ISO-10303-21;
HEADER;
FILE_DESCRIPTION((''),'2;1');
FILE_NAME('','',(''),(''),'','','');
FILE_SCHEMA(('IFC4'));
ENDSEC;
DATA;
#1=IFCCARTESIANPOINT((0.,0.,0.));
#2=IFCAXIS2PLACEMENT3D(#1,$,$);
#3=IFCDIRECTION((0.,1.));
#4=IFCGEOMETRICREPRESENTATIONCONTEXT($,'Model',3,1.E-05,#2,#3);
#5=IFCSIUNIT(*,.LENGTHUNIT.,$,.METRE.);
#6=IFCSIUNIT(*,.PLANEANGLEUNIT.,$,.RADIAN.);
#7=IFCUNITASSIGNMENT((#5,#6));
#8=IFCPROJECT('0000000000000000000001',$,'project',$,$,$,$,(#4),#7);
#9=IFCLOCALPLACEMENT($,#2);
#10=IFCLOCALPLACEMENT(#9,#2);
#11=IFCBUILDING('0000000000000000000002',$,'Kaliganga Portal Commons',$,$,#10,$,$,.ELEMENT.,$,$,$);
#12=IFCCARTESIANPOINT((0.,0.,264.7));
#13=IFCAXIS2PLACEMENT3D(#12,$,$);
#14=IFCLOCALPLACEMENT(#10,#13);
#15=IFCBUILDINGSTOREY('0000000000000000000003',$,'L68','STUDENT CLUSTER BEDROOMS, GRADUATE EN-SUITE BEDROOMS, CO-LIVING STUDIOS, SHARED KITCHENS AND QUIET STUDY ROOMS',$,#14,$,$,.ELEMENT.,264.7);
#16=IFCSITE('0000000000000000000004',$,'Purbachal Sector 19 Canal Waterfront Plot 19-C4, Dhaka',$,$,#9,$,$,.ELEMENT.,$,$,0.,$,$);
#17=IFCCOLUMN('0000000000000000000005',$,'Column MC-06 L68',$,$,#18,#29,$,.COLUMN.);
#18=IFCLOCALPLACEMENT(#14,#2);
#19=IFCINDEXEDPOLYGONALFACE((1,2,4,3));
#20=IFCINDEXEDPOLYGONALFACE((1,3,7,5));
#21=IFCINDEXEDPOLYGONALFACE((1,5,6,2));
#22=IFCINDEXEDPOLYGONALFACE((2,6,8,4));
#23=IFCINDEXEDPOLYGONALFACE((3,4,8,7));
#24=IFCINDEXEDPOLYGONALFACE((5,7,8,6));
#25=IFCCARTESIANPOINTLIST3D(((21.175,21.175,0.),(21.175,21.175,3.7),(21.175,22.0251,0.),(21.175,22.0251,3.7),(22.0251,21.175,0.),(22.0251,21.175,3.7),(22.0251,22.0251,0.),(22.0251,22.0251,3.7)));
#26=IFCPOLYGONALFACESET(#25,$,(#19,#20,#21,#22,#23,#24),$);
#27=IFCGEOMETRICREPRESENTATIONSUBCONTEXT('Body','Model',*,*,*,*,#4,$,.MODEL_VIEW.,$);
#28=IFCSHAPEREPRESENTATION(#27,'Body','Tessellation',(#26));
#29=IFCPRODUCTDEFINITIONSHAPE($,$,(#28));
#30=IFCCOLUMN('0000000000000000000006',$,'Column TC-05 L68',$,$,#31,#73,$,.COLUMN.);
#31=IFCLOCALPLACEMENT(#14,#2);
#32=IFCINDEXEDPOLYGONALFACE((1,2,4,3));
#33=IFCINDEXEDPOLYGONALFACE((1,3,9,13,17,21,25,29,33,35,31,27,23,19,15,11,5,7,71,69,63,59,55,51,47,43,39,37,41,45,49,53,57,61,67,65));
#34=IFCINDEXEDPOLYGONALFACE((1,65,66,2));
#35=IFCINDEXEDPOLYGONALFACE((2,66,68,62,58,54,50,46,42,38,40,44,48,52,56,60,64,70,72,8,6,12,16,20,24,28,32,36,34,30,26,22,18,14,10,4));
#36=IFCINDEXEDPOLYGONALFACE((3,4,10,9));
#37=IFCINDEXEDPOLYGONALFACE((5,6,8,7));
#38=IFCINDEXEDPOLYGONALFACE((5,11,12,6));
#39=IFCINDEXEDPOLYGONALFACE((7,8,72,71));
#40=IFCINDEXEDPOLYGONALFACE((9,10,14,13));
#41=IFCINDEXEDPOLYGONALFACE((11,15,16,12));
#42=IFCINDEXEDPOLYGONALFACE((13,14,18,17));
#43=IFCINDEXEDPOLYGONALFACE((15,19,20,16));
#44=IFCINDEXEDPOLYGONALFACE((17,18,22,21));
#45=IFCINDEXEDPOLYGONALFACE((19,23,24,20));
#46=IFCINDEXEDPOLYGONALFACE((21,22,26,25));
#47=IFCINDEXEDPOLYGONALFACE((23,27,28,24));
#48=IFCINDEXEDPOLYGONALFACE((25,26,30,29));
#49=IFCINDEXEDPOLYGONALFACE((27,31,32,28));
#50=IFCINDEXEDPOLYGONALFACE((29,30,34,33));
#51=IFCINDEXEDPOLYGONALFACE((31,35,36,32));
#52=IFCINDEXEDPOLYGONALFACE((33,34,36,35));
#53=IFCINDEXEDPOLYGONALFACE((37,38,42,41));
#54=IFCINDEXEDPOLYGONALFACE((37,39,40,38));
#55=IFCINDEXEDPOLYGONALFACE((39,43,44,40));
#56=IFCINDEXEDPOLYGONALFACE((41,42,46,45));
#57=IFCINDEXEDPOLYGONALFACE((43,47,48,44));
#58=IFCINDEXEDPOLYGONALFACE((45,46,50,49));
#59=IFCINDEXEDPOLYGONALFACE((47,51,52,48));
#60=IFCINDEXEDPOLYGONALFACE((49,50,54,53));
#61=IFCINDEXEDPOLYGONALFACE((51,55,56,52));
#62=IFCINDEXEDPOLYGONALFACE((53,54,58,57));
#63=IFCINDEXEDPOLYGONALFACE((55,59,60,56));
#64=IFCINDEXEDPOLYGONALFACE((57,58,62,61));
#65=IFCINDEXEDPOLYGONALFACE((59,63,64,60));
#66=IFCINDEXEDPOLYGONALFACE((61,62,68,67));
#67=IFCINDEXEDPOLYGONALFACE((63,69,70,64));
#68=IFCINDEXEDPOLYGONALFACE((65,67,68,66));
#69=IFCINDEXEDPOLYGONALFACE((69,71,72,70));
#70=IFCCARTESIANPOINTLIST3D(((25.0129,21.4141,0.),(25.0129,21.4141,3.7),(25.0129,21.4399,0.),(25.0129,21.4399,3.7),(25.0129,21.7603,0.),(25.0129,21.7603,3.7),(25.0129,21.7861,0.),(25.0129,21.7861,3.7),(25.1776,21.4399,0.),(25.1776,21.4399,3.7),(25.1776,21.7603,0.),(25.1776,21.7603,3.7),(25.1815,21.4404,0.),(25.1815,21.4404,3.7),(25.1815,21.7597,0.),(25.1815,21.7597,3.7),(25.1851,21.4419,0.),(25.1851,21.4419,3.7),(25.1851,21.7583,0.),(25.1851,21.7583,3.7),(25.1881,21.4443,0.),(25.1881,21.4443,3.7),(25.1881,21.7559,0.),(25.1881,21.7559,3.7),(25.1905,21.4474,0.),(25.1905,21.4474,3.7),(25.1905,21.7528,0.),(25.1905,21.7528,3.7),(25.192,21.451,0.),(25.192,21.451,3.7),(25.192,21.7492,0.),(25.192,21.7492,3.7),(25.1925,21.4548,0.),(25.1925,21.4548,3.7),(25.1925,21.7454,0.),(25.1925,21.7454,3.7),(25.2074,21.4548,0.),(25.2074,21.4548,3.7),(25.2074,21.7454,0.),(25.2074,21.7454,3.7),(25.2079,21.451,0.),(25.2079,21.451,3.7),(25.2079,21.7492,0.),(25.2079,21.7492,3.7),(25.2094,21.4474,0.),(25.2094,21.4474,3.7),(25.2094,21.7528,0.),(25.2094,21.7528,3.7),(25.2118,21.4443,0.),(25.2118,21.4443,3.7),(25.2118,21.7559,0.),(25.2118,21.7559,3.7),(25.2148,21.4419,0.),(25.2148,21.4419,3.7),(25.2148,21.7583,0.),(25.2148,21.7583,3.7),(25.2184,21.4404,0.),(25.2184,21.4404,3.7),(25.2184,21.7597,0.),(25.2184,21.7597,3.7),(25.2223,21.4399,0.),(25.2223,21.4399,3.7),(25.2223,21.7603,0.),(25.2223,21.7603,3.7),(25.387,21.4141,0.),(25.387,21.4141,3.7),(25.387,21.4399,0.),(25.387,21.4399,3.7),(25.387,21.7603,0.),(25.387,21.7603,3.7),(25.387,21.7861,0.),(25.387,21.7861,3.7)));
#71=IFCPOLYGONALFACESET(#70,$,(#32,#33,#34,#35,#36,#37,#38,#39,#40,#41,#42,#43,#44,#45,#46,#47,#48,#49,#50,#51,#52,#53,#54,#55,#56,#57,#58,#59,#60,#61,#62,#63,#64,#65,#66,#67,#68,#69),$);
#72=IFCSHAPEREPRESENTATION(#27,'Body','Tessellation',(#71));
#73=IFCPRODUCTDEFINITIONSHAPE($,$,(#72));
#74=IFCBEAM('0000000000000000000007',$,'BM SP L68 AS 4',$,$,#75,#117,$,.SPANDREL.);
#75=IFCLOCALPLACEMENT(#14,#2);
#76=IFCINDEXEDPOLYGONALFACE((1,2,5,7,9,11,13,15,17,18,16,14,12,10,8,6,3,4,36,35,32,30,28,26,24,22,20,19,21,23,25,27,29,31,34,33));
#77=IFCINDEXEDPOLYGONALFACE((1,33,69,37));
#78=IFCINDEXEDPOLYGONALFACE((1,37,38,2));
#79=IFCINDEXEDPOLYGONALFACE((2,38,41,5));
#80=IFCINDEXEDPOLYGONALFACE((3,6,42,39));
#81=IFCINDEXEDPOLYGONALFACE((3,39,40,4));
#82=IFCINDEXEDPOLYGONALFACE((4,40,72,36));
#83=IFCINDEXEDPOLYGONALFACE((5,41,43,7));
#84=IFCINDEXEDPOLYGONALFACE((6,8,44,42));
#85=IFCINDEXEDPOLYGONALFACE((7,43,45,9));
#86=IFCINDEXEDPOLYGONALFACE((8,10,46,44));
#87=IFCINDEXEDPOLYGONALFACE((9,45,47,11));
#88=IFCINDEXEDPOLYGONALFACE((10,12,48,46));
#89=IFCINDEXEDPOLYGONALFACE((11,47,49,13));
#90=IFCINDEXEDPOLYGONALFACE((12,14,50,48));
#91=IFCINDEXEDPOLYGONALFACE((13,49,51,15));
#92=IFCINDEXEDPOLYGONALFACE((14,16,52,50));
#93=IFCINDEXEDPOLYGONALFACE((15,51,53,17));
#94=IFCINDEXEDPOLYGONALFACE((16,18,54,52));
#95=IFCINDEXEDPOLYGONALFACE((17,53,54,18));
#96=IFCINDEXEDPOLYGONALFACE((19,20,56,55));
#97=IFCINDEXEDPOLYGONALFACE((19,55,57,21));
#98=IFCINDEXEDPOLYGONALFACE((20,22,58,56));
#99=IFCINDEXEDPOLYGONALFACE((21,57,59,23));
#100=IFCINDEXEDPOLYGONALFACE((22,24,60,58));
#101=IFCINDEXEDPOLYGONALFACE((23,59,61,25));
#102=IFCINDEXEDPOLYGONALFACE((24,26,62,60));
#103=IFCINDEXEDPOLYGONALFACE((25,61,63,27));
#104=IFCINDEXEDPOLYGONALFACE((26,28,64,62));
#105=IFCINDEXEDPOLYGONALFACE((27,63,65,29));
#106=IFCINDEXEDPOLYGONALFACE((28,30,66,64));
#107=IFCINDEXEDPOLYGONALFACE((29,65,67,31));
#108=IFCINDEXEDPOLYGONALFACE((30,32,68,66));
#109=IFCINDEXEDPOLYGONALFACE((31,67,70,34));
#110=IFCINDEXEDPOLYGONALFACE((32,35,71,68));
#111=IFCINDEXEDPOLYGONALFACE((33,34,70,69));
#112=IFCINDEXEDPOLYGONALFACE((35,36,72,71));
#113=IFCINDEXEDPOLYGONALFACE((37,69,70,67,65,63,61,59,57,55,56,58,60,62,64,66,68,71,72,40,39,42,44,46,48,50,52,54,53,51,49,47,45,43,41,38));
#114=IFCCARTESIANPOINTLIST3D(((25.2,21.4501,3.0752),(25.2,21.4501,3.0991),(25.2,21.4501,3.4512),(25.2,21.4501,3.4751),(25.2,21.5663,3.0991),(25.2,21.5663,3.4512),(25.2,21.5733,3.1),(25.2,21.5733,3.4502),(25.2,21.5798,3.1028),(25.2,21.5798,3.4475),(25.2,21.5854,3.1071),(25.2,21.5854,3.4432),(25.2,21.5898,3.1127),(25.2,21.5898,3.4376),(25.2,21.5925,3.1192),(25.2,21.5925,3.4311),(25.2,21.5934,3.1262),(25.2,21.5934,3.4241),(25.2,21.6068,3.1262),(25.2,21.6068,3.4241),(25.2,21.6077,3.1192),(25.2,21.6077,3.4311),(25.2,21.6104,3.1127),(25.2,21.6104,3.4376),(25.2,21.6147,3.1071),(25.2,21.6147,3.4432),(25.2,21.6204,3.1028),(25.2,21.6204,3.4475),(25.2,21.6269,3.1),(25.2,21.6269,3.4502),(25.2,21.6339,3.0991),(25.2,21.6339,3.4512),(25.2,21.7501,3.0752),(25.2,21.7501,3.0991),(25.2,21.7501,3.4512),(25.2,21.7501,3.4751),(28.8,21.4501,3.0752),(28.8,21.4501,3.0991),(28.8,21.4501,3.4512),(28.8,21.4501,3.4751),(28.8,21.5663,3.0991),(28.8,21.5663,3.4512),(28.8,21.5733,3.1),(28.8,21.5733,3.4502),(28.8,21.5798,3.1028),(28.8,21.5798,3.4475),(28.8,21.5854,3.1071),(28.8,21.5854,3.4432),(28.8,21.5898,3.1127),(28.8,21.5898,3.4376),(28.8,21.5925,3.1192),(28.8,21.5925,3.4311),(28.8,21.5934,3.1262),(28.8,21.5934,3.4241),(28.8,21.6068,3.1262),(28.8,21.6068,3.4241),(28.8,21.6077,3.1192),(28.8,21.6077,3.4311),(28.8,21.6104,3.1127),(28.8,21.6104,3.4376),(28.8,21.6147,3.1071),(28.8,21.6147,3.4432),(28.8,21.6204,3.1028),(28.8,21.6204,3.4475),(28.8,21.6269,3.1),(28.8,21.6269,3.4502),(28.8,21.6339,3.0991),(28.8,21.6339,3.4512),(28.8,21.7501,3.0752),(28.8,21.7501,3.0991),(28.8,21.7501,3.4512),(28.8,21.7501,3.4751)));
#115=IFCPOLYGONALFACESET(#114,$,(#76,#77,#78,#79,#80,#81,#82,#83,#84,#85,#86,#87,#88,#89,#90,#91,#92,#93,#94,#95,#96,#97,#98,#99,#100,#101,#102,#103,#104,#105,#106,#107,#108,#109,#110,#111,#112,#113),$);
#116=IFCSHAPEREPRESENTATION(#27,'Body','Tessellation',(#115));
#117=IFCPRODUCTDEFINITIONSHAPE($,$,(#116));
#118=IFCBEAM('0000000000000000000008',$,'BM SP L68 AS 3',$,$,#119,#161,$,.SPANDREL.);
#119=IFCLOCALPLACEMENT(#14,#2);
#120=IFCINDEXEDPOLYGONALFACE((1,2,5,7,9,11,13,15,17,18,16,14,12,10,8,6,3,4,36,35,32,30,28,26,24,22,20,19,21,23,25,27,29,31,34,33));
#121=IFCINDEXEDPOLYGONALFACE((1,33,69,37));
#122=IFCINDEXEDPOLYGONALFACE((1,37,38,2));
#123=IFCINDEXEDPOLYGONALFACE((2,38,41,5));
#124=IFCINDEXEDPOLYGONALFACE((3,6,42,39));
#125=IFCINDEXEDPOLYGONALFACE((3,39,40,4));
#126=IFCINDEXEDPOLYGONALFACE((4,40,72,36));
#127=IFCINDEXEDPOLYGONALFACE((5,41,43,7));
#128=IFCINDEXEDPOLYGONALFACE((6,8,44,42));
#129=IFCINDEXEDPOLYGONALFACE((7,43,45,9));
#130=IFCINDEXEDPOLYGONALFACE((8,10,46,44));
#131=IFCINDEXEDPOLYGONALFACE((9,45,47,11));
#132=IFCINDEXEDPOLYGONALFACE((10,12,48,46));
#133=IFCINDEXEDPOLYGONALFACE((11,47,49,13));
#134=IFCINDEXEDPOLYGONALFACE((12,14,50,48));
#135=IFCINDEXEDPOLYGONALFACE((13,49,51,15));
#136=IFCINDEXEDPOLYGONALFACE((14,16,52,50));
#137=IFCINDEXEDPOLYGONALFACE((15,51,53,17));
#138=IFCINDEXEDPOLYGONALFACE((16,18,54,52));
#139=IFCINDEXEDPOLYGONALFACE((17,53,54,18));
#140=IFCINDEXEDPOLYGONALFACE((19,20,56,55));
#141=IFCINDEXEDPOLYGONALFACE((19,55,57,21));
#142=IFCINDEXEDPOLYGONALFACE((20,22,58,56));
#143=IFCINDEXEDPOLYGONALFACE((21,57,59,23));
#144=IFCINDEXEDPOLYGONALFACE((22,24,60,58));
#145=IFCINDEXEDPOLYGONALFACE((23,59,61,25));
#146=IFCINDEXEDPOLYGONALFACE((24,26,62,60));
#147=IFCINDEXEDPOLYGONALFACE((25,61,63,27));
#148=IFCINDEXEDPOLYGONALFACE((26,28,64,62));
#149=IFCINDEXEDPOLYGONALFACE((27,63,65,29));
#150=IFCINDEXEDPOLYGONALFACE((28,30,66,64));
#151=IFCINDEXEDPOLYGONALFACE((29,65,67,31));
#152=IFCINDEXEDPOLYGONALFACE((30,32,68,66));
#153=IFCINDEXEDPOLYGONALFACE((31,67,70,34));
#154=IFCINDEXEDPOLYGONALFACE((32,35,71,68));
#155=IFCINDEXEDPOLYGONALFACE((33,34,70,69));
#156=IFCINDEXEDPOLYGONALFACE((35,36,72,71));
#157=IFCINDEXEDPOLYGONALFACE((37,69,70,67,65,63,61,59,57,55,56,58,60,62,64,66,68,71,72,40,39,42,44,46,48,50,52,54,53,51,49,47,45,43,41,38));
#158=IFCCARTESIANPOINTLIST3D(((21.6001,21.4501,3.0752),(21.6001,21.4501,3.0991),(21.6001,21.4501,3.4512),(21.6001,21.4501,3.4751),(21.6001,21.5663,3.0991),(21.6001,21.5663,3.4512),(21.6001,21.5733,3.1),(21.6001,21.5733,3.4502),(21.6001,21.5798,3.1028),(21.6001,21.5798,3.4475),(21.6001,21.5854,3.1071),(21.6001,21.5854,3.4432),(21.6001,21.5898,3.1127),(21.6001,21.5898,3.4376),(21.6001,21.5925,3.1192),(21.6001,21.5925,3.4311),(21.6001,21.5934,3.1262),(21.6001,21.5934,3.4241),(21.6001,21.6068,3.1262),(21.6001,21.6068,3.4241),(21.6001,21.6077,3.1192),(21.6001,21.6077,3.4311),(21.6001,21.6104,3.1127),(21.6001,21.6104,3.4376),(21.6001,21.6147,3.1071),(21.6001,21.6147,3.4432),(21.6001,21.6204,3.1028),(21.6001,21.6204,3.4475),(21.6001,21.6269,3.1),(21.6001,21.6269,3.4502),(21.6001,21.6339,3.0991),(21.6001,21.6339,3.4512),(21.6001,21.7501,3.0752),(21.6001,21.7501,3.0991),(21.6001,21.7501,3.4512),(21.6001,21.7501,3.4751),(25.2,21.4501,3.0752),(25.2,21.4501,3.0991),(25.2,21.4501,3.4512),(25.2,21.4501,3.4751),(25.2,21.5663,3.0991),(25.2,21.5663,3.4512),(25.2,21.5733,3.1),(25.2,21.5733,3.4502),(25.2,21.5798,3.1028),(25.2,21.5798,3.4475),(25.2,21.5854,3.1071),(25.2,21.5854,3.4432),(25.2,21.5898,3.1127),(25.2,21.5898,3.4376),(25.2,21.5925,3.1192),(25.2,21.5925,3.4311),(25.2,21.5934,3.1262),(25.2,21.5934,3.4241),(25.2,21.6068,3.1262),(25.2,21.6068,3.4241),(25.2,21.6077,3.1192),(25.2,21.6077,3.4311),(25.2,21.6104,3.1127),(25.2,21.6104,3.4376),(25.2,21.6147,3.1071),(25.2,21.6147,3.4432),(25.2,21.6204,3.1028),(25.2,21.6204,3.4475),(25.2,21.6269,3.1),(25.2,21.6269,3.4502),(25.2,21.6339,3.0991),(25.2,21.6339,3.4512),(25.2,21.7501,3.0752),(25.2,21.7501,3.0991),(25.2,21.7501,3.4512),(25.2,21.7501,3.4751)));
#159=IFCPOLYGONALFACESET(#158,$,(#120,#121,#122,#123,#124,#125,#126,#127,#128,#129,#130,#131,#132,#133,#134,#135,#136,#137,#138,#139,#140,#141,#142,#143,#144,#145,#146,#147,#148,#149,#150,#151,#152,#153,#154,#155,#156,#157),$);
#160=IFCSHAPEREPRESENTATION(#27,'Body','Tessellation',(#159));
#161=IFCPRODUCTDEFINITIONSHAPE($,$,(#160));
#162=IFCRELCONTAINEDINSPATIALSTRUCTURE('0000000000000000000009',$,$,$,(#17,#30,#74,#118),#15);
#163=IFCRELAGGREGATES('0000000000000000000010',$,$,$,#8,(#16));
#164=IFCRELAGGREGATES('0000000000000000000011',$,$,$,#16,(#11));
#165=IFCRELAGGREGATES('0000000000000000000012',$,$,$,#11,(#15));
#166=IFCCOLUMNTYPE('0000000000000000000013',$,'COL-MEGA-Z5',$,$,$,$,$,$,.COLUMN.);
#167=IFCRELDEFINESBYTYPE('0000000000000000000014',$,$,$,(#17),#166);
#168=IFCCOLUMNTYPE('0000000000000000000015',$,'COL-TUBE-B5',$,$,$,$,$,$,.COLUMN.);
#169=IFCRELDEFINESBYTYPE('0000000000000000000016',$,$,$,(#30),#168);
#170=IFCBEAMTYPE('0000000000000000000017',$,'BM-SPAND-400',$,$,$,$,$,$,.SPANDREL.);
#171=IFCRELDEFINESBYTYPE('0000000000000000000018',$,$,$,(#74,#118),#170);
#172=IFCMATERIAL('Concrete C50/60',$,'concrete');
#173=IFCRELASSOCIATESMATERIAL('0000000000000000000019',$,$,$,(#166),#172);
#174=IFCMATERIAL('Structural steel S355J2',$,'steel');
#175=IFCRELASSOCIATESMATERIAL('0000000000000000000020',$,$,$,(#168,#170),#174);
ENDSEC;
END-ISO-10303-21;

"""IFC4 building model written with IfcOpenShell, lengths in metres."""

from ifc_helpers import new_model, si_unit, direction, frame, origin, origin_2d, place, context, subcontext, project, spatial, rectangle, i_section, extrude, source, transform, mapped, material, material_profile, profile_set, type_object, element, save


model = new_model("IFC4")

# Units and contexts
model_context = context("Model", 3, precision=1e-05, world=origin(), true_north=direction((0.0, 1.0)))
body_context = subcontext(model_context, "Body", "Model", "MODEL_VIEW")
ifc_project = project(units=[si_unit("LENGTHUNIT", "METRE"), si_unit("PLANEANGLEUNIT", "RADIAN")], contexts=[model_context])

# Site, building, storey
site_placement = place(None, origin())
site = spatial("IfcSite", under=ifc_project, at=site_placement, Name="Purbachal Sector 19 Canal Waterfront Plot 19-C4, Dhaka", CompositionType="ELEMENT", RefElevation=0.0)
building_placement = place(site_placement, origin())
building = spatial("IfcBuilding", under=site, at=building_placement, Name="Kaliganga Portal Commons", CompositionType="ELEMENT")
storey_placement = place(building_placement, frame((0.0, 0.0, 264.7)))
storey = spatial("IfcBuildingStorey", under=building, at=storey_placement, Name="L68", Description="STUDENT CLUSTER BEDROOMS, GRADUATE EN-SUITE BEDROOMS, CO-LIVING STUDIOS, SHARED KITCHENS AND QUIET STUDY ROOMS", CompositionType="ELEMENT", Elevation=264.7)

# Columns
ifc_material_1 = material(Name="Concrete C50/60", Category="concrete")
ifc_material_profile_1 = material_profile(ifc_material_1, rectangle(XDim=0.8501, YDim=0.8501, at=origin_2d()), Name="RC 850x850")
ifc_profile_set_1 = profile_set([ifc_material_profile_1], Name="Concrete C50/60")
column_type_1 = type_object("IfcColumnType", Name="COL-MEGA-Z5", PredefinedType="COLUMN", material=ifc_profile_set_1)
shared_shape_1 = source(origin(), body_context, "Body", "SweptSolid", [
    extrude(rectangle(XDim=0.8501, YDim=0.8501, at=origin_2d()), origin(), (0.0, 0.0, 1.0), 3.7),
])
column_1_placement = place(storey_placement, frame((21.6001, 21.6001, 0.0), z_axis=(0.0, 0.0, 1.0), x_axis=(1.0, 0.0, 0.0)))
element("IfcColumn", 1, at=column_1_placement, inside=storey, type_object=column_type_1, Name="Column MC-06 L68", PredefinedType="COLUMN", context=body_context, shape_type="MappedRepresentation", body=[
    mapped(shared_shape_1, transform((0.0, 0.0, 0.0), x_axis=(1.0, 0.0, 0.0), y_axis=(0.0, 1.0, 0.0), z_axis=(0.0, 0.0, 1.0), scale=1.0)),
])
ifc_material_2 = material(Name="Structural steel S355J2", Category="steel")
ifc_material_profile_2 = material_profile(ifc_material_2, i_section(OverallWidth=0.374, OverallDepth=0.3721, WebThickness=0.0149, FlangeThickness=0.0259, FilletRadius=0.0149, at=origin_2d()), Name="HD 360x196")
ifc_profile_set_2 = profile_set([ifc_material_profile_2], Name="Structural steel S355J2 wide-flange")
column_type_2 = type_object("IfcColumnType", Name="COL-TUBE-B5", PredefinedType="COLUMN", material=ifc_profile_set_2)
shared_shape_2 = source(origin(), body_context, "Body", "SweptSolid", [
    extrude(i_section(OverallWidth=0.374, OverallDepth=0.3721, WebThickness=0.0149, FlangeThickness=0.0259, FilletRadius=0.0149, at=origin_2d()), origin(), (0.0, 0.0, 1.0), 3.7),
])
column_2_placement = place(storey_placement, frame((25.2, 21.6001, 0.0), z_axis=(0.0, 0.0, 1.0), x_axis=(1.0, 0.0, 0.0)))
element("IfcColumn", 2, at=column_2_placement, inside=storey, type_object=column_type_2, Name="Column TC-05 L68", PredefinedType="COLUMN", context=body_context, shape_type="MappedRepresentation", body=[
    mapped(shared_shape_2, transform((0.0, 0.0, 0.0), x_axis=(1.0, 0.0, 0.0), y_axis=(0.0, 1.0, 0.0), z_axis=(0.0, 0.0, 1.0), scale=1.0)),
])

# Beams
ifc_material_profile_3 = material_profile(ifc_material_2, i_section(OverallWidth=0.3, OverallDepth=0.3999, WebThickness=0.0134, FlangeThickness=0.0239, FilletRadius=0.0271, at=origin_2d()), Name="HE 400 B")
ifc_profile_set_3 = profile_set([ifc_material_profile_3], Name="Structural steel S355J2 wide-flange")
beam_type_1 = type_object("IfcBeamType", Name="BM-SPAND-400", PredefinedType="SPANDREL", material=ifc_profile_set_3)
shared_shape_3 = source(origin(), body_context, "Body", "SweptSolid", [
    extrude(i_section(OverallWidth=0.3, OverallDepth=0.3999, WebThickness=0.0134, FlangeThickness=0.0239, FilletRadius=0.0271, at=origin_2d()), origin(), (0.0, 0.0, 1.0), 3.6001),
])
beam_1_placement = place(storey_placement, frame((25.2, 21.6001, 3.2751), z_axis=(1.0, 0.0, 0.0), x_axis=(0.0, 1.0, 0.0)))
element("IfcBeam", 3, at=beam_1_placement, inside=storey, type_object=beam_type_1, Name="BM SP L68 AS 4", PredefinedType="SPANDREL", context=body_context, shape_type="MappedRepresentation", body=[
    mapped(shared_shape_3, transform((0.0, 0.0, 0.0), x_axis=(1.0, 0.0, 0.0), y_axis=(0.0, 1.0, 0.0), z_axis=(0.0, 0.0, 1.0), scale=1.0)),
])
shared_shape_4 = source(origin(), body_context, "Body", "SweptSolid", [
    extrude(i_section(OverallWidth=0.3, OverallDepth=0.3999, WebThickness=0.0134, FlangeThickness=0.0239, FilletRadius=0.0271, at=origin_2d()), origin(), (0.0, 0.0, 1.0), 3.5999),
])
beam_2_placement = place(storey_placement, frame((21.6001, 21.6001, 3.2751), z_axis=(1.0, 0.0, 0.0), x_axis=(0.0, 1.0, 0.0)))
element("IfcBeam", 4, at=beam_2_placement, inside=storey, type_object=beam_type_1, Name="BM SP L68 AS 3", PredefinedType="SPANDREL", context=body_context, shape_type="MappedRepresentation", body=[
    mapped(shared_shape_4, transform((0.0, 0.0, 0.0), x_axis=(1.0, 0.0, 0.0), y_axis=(0.0, 1.0, 0.0), z_axis=(0.0, 0.0, 1.0), scale=1.0)),
])

save(model, "model.ifc")
